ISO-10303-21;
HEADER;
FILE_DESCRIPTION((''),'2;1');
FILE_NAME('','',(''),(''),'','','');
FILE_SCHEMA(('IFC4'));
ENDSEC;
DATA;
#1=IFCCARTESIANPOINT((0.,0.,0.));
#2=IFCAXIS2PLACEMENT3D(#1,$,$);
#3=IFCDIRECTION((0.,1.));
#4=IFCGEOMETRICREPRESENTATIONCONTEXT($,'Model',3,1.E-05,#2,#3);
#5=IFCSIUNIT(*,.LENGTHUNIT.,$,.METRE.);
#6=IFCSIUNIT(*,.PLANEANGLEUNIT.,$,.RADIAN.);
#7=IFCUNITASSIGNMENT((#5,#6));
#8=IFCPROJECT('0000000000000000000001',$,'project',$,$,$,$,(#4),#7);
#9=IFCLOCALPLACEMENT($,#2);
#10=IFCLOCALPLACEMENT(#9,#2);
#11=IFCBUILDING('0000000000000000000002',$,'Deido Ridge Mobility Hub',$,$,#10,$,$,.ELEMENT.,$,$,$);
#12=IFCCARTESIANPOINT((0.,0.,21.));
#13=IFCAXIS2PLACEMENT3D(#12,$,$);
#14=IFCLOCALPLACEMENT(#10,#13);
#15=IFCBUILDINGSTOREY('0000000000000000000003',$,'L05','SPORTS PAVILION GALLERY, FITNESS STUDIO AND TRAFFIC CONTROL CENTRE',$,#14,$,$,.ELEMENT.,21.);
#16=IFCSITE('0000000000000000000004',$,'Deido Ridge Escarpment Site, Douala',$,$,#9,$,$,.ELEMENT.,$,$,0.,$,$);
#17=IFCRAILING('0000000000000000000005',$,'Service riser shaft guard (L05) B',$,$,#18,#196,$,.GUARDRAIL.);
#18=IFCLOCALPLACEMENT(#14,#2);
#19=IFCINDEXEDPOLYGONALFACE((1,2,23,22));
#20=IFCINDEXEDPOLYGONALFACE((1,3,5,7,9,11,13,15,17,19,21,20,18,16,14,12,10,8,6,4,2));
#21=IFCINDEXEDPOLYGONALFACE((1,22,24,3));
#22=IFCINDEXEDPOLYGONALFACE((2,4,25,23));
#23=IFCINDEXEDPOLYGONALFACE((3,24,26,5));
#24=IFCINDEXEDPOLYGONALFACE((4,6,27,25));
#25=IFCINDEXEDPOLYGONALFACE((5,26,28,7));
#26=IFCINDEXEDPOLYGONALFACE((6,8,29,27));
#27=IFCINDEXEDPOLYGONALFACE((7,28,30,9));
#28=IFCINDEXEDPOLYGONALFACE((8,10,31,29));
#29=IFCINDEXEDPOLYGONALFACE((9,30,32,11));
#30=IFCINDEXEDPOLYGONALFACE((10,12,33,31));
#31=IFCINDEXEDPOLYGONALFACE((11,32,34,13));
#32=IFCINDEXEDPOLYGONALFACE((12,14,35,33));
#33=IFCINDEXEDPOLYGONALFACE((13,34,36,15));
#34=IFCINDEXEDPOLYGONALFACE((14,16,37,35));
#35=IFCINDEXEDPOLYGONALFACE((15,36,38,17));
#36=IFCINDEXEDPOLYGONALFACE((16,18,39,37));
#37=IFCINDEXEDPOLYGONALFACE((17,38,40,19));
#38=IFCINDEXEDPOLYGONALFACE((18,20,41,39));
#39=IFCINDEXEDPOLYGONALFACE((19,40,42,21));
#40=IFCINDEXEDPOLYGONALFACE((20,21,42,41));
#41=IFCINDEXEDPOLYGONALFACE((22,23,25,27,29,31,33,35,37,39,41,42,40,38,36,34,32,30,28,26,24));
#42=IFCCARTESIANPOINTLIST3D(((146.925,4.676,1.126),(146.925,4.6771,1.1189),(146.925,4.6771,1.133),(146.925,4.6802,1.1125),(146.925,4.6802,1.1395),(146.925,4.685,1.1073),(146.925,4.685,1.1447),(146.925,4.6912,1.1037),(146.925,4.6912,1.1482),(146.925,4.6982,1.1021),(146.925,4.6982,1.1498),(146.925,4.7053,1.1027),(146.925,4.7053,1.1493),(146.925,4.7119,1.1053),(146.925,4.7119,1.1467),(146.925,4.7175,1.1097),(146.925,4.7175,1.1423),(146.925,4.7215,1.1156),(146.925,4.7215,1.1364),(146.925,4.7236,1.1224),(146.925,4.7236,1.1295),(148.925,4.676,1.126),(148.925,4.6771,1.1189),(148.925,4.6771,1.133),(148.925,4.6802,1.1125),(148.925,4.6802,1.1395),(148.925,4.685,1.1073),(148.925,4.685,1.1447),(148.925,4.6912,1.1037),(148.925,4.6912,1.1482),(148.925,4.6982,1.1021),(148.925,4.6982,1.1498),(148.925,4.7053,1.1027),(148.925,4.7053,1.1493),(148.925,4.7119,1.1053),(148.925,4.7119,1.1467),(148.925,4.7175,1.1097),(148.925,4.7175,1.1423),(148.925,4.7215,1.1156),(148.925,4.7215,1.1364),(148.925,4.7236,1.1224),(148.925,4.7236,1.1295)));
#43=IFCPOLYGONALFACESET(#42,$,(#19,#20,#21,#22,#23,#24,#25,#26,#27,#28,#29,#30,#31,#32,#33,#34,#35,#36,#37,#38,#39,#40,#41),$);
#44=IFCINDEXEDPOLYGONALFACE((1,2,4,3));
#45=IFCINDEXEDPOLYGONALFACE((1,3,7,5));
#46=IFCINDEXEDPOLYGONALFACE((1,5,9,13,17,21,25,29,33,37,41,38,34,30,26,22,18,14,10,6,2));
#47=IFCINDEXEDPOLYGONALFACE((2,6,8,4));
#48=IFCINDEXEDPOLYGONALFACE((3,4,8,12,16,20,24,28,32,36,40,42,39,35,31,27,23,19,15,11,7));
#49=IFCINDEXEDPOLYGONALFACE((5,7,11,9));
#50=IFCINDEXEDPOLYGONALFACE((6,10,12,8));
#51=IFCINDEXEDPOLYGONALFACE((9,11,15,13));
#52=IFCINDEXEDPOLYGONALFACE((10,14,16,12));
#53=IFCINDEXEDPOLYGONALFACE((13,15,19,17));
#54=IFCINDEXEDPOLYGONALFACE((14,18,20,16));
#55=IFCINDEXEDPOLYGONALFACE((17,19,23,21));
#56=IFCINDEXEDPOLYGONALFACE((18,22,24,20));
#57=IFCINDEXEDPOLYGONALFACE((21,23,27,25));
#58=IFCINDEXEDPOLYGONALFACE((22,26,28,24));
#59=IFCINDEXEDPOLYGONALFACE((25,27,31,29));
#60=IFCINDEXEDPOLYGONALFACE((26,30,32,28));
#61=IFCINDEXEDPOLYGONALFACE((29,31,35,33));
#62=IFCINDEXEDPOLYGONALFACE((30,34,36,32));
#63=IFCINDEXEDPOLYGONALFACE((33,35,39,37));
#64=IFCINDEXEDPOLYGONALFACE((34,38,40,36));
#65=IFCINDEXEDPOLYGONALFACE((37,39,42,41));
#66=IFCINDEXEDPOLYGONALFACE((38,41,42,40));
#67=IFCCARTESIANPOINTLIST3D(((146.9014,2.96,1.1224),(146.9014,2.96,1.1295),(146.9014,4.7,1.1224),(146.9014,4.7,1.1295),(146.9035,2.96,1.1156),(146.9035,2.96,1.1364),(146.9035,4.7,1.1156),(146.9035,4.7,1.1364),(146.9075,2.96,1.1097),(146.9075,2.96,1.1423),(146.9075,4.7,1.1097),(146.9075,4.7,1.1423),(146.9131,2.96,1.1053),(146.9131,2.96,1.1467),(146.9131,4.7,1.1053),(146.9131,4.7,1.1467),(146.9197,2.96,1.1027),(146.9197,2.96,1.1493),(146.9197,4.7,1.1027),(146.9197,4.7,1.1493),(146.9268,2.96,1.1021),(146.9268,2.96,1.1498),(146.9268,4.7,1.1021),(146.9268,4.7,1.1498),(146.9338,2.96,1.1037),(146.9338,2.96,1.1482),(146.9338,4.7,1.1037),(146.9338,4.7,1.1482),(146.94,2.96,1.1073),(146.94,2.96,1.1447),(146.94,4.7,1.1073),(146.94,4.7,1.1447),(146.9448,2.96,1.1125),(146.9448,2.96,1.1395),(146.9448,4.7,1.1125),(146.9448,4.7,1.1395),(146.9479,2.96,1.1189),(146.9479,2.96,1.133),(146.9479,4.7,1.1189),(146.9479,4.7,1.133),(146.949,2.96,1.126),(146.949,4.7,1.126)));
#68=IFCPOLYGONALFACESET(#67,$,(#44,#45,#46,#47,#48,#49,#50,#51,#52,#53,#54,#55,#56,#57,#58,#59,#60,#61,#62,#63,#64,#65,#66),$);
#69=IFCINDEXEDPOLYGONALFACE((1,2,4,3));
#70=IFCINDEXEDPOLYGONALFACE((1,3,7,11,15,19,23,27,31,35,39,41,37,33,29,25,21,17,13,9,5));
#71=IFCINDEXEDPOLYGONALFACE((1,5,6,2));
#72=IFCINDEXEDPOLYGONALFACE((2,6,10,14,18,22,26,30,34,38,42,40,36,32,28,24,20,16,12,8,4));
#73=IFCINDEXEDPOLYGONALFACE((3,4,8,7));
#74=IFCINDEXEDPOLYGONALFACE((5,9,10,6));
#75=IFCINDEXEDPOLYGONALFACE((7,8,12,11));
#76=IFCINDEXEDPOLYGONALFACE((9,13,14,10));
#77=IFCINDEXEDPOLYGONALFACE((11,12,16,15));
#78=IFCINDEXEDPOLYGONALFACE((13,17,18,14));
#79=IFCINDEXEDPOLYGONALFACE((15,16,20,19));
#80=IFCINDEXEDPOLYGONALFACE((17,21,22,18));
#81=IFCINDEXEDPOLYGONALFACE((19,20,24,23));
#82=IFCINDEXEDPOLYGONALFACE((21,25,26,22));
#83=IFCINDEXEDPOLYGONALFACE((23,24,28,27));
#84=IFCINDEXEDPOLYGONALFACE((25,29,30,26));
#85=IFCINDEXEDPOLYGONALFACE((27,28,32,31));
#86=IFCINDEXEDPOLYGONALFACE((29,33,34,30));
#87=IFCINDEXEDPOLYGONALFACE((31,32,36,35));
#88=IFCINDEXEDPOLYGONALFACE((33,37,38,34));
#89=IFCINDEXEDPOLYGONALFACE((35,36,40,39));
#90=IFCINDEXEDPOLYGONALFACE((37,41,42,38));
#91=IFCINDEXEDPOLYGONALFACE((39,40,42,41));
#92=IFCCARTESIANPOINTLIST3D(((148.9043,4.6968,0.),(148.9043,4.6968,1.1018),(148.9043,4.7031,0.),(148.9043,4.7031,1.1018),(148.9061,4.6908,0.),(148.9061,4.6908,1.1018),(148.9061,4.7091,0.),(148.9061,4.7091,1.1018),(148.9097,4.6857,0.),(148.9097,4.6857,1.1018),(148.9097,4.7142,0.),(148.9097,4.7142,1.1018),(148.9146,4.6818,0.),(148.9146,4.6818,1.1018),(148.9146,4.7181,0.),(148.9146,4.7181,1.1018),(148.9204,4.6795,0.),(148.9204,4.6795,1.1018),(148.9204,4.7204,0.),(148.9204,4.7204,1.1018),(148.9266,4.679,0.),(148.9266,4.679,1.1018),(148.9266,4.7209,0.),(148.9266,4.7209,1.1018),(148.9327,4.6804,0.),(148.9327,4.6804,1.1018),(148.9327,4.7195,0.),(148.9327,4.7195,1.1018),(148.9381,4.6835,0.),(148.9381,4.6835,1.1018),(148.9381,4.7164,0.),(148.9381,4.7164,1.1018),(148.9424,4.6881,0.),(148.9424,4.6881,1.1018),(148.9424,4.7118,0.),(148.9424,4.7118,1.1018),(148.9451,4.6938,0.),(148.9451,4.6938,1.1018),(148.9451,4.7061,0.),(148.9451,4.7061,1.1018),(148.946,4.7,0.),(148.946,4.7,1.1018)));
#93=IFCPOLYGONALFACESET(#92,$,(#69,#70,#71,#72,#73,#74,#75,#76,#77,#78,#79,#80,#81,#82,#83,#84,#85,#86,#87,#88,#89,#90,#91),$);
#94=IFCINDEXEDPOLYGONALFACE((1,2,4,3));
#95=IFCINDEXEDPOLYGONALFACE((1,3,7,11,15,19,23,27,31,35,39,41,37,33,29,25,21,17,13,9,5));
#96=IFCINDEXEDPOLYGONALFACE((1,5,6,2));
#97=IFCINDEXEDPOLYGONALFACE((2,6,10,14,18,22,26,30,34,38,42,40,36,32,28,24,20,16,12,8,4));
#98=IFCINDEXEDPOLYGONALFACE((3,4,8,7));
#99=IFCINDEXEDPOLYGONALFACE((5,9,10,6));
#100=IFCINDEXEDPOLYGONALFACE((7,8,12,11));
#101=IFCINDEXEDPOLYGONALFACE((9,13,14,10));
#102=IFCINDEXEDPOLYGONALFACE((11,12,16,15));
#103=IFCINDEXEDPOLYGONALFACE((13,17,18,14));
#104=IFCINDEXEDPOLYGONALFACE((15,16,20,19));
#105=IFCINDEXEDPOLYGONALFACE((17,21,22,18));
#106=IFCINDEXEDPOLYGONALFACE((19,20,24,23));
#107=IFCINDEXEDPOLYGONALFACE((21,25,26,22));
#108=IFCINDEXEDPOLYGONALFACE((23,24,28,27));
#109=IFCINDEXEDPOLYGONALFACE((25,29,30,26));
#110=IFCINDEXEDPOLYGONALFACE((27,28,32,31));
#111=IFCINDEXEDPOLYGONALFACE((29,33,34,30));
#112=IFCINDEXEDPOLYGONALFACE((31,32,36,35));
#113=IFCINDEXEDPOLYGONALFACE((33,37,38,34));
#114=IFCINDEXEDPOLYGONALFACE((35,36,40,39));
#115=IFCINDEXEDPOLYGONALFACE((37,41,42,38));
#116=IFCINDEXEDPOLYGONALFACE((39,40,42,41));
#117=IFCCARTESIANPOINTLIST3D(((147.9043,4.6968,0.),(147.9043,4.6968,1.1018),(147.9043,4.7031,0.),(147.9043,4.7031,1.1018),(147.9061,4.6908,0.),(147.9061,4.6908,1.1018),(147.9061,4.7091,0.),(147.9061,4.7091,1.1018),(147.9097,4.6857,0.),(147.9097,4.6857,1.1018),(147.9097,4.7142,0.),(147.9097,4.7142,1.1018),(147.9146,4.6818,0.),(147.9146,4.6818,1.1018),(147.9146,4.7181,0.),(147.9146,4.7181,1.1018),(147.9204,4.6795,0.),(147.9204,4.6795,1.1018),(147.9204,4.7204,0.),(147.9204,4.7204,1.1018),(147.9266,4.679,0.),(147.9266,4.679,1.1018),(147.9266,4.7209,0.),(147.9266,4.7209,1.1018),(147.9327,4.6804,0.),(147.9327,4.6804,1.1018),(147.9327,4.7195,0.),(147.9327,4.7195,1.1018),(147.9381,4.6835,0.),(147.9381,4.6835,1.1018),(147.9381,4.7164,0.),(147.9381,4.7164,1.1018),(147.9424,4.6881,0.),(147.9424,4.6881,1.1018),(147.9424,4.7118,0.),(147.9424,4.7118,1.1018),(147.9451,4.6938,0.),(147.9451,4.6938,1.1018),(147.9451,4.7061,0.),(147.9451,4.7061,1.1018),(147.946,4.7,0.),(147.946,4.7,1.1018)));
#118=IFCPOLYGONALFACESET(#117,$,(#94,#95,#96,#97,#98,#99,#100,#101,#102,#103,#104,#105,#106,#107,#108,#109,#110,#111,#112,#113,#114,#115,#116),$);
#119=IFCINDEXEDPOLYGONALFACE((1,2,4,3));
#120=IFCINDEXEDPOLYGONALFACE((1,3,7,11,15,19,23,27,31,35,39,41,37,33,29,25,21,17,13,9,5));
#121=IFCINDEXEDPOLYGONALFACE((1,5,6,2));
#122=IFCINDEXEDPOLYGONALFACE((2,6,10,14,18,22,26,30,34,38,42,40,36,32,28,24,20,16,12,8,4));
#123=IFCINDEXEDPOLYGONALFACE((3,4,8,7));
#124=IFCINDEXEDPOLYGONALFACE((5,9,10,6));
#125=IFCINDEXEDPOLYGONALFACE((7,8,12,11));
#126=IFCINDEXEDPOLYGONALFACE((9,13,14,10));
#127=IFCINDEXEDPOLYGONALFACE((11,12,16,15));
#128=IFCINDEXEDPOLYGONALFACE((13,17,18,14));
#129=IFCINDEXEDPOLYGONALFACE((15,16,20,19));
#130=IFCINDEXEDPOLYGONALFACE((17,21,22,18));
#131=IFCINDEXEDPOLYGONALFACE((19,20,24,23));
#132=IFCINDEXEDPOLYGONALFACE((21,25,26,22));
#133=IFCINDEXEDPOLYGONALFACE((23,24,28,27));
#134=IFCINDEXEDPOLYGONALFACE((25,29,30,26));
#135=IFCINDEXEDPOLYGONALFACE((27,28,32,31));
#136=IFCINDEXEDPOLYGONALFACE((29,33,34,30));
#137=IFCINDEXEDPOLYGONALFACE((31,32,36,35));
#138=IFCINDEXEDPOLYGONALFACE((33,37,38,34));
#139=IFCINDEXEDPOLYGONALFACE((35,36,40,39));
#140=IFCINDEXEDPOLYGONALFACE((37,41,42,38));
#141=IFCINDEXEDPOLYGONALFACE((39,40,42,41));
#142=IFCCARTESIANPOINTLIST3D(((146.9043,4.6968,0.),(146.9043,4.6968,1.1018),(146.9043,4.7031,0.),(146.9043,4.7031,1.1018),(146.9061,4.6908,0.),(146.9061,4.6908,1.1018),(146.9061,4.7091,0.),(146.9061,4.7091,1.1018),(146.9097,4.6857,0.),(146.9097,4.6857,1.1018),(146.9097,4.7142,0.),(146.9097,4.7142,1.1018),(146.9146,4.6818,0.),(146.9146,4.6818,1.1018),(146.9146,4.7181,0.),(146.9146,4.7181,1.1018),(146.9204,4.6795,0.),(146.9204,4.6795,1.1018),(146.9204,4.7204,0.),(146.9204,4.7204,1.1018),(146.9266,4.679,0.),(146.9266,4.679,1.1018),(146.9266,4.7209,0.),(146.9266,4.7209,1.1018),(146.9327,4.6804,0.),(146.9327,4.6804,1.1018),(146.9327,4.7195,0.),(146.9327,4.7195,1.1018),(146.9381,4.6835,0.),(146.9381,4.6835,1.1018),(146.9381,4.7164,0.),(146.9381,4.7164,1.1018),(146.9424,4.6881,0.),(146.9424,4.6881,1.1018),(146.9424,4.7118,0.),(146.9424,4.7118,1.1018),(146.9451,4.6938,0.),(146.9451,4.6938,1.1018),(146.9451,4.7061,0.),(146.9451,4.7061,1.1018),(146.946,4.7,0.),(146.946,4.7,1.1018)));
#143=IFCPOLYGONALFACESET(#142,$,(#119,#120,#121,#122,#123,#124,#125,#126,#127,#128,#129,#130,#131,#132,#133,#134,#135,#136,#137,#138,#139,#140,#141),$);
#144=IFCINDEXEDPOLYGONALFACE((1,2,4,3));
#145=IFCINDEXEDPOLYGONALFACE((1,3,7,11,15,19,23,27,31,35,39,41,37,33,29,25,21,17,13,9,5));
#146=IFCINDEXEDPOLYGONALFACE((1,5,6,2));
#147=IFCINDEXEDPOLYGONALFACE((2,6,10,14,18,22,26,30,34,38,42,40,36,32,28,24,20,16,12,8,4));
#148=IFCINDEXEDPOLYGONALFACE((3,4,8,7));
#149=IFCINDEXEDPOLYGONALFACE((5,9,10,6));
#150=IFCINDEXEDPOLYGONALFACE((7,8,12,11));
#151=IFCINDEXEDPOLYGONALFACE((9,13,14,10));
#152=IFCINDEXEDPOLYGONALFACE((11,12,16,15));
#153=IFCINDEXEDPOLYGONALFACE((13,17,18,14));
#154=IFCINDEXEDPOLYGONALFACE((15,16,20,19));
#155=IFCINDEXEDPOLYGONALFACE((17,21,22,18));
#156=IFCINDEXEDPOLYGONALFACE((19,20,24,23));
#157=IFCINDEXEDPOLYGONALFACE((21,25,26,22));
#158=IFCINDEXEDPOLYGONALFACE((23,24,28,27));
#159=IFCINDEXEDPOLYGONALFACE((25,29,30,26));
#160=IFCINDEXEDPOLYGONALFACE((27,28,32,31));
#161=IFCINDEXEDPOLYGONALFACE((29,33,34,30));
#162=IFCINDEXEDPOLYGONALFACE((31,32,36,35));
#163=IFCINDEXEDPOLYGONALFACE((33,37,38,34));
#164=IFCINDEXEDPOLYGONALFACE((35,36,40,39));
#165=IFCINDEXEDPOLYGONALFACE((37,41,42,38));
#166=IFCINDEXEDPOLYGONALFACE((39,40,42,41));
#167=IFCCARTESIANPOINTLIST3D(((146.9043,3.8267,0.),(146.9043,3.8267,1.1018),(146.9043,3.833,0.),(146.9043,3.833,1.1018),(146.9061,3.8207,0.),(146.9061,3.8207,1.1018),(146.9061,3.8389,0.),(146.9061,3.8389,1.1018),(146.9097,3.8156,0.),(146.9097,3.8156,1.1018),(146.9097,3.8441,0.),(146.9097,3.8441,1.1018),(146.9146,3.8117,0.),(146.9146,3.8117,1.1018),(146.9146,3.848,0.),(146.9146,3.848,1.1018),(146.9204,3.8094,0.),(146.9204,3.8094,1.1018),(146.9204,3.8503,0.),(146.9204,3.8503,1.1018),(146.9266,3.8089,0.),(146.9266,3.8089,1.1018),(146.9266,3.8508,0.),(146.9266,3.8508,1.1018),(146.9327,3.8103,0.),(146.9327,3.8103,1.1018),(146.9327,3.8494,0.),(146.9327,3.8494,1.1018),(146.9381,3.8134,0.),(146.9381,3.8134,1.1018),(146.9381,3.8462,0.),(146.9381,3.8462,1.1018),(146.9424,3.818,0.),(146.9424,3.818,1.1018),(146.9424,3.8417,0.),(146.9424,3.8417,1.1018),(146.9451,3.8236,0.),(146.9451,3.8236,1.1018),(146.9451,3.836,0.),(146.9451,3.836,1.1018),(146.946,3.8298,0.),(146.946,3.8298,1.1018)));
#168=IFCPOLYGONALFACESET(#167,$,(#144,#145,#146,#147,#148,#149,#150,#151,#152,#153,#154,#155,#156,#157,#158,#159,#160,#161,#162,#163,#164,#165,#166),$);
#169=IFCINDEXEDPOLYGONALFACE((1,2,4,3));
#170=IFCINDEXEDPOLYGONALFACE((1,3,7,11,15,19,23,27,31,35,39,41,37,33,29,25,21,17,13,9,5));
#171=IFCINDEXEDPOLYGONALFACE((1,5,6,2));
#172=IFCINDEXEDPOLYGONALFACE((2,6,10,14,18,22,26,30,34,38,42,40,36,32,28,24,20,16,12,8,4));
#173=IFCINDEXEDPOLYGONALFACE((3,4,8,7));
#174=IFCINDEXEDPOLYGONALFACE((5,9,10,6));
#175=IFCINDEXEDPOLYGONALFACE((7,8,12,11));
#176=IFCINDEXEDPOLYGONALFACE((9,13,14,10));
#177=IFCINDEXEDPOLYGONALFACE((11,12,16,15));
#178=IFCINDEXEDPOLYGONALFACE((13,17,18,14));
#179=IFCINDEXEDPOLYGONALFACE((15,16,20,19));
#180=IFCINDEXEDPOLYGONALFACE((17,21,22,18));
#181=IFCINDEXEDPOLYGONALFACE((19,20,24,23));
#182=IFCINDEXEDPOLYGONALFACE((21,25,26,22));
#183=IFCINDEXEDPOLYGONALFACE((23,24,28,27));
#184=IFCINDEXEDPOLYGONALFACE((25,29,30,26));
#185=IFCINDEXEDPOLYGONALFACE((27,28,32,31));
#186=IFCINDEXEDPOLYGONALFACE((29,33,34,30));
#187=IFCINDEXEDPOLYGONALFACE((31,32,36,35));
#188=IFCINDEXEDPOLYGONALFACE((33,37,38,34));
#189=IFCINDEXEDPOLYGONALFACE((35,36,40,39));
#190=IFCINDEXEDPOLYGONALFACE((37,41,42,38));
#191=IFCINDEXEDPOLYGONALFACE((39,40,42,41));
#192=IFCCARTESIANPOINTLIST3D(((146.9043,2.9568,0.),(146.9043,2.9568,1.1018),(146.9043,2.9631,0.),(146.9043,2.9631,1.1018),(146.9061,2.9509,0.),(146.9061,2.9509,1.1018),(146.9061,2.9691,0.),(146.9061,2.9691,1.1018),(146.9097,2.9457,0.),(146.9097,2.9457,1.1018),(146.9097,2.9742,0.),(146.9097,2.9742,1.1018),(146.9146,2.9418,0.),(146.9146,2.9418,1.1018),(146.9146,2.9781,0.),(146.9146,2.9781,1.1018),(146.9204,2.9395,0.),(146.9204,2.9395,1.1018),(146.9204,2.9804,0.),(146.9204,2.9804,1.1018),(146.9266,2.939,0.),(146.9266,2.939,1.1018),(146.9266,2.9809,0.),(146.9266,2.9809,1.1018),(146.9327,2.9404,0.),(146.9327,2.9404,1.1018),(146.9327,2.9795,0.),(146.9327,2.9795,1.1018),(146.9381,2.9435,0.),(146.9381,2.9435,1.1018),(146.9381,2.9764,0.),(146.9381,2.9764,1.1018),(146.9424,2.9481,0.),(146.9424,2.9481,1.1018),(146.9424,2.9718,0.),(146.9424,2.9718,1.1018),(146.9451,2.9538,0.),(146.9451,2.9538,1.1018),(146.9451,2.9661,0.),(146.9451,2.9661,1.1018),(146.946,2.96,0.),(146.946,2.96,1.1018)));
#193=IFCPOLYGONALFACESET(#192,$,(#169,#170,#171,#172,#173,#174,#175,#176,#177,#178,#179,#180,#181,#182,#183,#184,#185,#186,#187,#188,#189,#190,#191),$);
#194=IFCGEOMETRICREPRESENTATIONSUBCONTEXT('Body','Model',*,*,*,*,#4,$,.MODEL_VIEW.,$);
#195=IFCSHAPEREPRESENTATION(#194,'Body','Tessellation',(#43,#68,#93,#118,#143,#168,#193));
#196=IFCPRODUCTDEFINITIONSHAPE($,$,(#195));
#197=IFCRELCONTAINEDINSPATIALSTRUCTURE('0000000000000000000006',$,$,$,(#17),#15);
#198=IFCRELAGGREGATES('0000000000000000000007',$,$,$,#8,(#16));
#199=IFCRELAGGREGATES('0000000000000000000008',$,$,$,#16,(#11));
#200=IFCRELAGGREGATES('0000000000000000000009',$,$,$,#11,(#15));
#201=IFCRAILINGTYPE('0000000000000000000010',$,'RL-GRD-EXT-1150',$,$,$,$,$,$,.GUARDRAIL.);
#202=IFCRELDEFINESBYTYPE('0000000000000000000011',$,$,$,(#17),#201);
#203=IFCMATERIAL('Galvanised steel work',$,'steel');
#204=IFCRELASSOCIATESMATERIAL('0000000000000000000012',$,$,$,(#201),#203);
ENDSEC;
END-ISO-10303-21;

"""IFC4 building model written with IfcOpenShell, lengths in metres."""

from ifc_helpers import new_model, si_unit, direction, frame, origin, origin_2d, place, context, subcontext, project, spatial, circle, extrude, material, type_object, element, save


model = new_model("IFC4")

# Units and contexts
model_context = context("Model", 3, precision=1e-05, world=origin(), true_north=direction((0.0, 1.0)))
body_context = subcontext(model_context, "Body", "Model", "MODEL_VIEW")
ifc_project = project(units=[si_unit("LENGTHUNIT", "METRE"), si_unit("PLANEANGLEUNIT", "RADIAN")], contexts=[model_context])

# Site, building, storey
site_placement = place(None, origin())
site = spatial("IfcSite", under=ifc_project, at=site_placement, Name="Deido Ridge Escarpment Site, Douala", CompositionType="ELEMENT", RefElevation=0.0)
building_placement = place(site_placement, origin())
building = spatial("IfcBuilding", under=site, at=building_placement, Name="Deido Ridge Mobility Hub", CompositionType="ELEMENT")
storey_placement = place(building_placement, frame((0.0, 0.0, 21.0)))
storey = spatial("IfcBuildingStorey", under=building, at=storey_placement, Name="L05", Description="SPORTS PAVILION GALLERY, FITNESS STUDIO AND TRAFFIC CONTROL CENTRE", CompositionType="ELEMENT", Elevation=21.0)

# Railing
ifc_material_1 = material(Name="Galvanised steel work", Category="steel")
railing_type = type_object("IfcRailingType", Name="RL-GRD-EXT-1150", PredefinedType="GUARDRAIL", material=ifc_material_1)
railing_placement = place(storey_placement, frame((148.925, 4.7, 0.0)))
element("IfcRailing", 1, at=railing_placement, inside=storey, type_object=railing_type, Name="Service riser shaft guard (L05) B", PredefinedType="GUARDRAIL", context=body_context, shape_type="SweptSolid", body=[
    extrude(circle(Radius=0.0239, at=origin_2d()), frame((0.0, 0.0, 1.126), z_axis=(-1.0, 0.0, 0.0), x_axis=(0.0, -1.0, 0.0)), (0.0, 0.0, 1.0), 2.0),
    extrude(circle(Radius=0.0239, at=origin_2d()), frame((-2.0, 0.0, 1.126), z_axis=(0.0, -1.0, 0.0), x_axis=(1.0, 0.0, 0.0)), (0.0, 0.0, 1.0), 1.74),
    extrude(circle(Radius=0.021, at=origin_2d()), origin(), (0.0, 0.0, 1.0), 1.1018),
    extrude(circle(Radius=0.021, at=origin_2d()), frame((-1.0, 0.0, 0.0)), (0.0, 0.0, 1.0), 1.1018),
    extrude(circle(Radius=0.021, at=origin_2d()), frame((-2.0, 0.0, 0.0)), (0.0, 0.0, 1.0), 1.1018),
    extrude(circle(Radius=0.021, at=origin_2d()), frame((-2.0, -0.8701, 0.0)), (0.0, 0.0, 1.0), 1.1018),
    extrude(circle(Radius=0.021, at=origin_2d()), frame((-2.0, -1.74, 0.0)), (0.0, 0.0, 1.0), 1.1018),
])

save(model, "model.ifc")
